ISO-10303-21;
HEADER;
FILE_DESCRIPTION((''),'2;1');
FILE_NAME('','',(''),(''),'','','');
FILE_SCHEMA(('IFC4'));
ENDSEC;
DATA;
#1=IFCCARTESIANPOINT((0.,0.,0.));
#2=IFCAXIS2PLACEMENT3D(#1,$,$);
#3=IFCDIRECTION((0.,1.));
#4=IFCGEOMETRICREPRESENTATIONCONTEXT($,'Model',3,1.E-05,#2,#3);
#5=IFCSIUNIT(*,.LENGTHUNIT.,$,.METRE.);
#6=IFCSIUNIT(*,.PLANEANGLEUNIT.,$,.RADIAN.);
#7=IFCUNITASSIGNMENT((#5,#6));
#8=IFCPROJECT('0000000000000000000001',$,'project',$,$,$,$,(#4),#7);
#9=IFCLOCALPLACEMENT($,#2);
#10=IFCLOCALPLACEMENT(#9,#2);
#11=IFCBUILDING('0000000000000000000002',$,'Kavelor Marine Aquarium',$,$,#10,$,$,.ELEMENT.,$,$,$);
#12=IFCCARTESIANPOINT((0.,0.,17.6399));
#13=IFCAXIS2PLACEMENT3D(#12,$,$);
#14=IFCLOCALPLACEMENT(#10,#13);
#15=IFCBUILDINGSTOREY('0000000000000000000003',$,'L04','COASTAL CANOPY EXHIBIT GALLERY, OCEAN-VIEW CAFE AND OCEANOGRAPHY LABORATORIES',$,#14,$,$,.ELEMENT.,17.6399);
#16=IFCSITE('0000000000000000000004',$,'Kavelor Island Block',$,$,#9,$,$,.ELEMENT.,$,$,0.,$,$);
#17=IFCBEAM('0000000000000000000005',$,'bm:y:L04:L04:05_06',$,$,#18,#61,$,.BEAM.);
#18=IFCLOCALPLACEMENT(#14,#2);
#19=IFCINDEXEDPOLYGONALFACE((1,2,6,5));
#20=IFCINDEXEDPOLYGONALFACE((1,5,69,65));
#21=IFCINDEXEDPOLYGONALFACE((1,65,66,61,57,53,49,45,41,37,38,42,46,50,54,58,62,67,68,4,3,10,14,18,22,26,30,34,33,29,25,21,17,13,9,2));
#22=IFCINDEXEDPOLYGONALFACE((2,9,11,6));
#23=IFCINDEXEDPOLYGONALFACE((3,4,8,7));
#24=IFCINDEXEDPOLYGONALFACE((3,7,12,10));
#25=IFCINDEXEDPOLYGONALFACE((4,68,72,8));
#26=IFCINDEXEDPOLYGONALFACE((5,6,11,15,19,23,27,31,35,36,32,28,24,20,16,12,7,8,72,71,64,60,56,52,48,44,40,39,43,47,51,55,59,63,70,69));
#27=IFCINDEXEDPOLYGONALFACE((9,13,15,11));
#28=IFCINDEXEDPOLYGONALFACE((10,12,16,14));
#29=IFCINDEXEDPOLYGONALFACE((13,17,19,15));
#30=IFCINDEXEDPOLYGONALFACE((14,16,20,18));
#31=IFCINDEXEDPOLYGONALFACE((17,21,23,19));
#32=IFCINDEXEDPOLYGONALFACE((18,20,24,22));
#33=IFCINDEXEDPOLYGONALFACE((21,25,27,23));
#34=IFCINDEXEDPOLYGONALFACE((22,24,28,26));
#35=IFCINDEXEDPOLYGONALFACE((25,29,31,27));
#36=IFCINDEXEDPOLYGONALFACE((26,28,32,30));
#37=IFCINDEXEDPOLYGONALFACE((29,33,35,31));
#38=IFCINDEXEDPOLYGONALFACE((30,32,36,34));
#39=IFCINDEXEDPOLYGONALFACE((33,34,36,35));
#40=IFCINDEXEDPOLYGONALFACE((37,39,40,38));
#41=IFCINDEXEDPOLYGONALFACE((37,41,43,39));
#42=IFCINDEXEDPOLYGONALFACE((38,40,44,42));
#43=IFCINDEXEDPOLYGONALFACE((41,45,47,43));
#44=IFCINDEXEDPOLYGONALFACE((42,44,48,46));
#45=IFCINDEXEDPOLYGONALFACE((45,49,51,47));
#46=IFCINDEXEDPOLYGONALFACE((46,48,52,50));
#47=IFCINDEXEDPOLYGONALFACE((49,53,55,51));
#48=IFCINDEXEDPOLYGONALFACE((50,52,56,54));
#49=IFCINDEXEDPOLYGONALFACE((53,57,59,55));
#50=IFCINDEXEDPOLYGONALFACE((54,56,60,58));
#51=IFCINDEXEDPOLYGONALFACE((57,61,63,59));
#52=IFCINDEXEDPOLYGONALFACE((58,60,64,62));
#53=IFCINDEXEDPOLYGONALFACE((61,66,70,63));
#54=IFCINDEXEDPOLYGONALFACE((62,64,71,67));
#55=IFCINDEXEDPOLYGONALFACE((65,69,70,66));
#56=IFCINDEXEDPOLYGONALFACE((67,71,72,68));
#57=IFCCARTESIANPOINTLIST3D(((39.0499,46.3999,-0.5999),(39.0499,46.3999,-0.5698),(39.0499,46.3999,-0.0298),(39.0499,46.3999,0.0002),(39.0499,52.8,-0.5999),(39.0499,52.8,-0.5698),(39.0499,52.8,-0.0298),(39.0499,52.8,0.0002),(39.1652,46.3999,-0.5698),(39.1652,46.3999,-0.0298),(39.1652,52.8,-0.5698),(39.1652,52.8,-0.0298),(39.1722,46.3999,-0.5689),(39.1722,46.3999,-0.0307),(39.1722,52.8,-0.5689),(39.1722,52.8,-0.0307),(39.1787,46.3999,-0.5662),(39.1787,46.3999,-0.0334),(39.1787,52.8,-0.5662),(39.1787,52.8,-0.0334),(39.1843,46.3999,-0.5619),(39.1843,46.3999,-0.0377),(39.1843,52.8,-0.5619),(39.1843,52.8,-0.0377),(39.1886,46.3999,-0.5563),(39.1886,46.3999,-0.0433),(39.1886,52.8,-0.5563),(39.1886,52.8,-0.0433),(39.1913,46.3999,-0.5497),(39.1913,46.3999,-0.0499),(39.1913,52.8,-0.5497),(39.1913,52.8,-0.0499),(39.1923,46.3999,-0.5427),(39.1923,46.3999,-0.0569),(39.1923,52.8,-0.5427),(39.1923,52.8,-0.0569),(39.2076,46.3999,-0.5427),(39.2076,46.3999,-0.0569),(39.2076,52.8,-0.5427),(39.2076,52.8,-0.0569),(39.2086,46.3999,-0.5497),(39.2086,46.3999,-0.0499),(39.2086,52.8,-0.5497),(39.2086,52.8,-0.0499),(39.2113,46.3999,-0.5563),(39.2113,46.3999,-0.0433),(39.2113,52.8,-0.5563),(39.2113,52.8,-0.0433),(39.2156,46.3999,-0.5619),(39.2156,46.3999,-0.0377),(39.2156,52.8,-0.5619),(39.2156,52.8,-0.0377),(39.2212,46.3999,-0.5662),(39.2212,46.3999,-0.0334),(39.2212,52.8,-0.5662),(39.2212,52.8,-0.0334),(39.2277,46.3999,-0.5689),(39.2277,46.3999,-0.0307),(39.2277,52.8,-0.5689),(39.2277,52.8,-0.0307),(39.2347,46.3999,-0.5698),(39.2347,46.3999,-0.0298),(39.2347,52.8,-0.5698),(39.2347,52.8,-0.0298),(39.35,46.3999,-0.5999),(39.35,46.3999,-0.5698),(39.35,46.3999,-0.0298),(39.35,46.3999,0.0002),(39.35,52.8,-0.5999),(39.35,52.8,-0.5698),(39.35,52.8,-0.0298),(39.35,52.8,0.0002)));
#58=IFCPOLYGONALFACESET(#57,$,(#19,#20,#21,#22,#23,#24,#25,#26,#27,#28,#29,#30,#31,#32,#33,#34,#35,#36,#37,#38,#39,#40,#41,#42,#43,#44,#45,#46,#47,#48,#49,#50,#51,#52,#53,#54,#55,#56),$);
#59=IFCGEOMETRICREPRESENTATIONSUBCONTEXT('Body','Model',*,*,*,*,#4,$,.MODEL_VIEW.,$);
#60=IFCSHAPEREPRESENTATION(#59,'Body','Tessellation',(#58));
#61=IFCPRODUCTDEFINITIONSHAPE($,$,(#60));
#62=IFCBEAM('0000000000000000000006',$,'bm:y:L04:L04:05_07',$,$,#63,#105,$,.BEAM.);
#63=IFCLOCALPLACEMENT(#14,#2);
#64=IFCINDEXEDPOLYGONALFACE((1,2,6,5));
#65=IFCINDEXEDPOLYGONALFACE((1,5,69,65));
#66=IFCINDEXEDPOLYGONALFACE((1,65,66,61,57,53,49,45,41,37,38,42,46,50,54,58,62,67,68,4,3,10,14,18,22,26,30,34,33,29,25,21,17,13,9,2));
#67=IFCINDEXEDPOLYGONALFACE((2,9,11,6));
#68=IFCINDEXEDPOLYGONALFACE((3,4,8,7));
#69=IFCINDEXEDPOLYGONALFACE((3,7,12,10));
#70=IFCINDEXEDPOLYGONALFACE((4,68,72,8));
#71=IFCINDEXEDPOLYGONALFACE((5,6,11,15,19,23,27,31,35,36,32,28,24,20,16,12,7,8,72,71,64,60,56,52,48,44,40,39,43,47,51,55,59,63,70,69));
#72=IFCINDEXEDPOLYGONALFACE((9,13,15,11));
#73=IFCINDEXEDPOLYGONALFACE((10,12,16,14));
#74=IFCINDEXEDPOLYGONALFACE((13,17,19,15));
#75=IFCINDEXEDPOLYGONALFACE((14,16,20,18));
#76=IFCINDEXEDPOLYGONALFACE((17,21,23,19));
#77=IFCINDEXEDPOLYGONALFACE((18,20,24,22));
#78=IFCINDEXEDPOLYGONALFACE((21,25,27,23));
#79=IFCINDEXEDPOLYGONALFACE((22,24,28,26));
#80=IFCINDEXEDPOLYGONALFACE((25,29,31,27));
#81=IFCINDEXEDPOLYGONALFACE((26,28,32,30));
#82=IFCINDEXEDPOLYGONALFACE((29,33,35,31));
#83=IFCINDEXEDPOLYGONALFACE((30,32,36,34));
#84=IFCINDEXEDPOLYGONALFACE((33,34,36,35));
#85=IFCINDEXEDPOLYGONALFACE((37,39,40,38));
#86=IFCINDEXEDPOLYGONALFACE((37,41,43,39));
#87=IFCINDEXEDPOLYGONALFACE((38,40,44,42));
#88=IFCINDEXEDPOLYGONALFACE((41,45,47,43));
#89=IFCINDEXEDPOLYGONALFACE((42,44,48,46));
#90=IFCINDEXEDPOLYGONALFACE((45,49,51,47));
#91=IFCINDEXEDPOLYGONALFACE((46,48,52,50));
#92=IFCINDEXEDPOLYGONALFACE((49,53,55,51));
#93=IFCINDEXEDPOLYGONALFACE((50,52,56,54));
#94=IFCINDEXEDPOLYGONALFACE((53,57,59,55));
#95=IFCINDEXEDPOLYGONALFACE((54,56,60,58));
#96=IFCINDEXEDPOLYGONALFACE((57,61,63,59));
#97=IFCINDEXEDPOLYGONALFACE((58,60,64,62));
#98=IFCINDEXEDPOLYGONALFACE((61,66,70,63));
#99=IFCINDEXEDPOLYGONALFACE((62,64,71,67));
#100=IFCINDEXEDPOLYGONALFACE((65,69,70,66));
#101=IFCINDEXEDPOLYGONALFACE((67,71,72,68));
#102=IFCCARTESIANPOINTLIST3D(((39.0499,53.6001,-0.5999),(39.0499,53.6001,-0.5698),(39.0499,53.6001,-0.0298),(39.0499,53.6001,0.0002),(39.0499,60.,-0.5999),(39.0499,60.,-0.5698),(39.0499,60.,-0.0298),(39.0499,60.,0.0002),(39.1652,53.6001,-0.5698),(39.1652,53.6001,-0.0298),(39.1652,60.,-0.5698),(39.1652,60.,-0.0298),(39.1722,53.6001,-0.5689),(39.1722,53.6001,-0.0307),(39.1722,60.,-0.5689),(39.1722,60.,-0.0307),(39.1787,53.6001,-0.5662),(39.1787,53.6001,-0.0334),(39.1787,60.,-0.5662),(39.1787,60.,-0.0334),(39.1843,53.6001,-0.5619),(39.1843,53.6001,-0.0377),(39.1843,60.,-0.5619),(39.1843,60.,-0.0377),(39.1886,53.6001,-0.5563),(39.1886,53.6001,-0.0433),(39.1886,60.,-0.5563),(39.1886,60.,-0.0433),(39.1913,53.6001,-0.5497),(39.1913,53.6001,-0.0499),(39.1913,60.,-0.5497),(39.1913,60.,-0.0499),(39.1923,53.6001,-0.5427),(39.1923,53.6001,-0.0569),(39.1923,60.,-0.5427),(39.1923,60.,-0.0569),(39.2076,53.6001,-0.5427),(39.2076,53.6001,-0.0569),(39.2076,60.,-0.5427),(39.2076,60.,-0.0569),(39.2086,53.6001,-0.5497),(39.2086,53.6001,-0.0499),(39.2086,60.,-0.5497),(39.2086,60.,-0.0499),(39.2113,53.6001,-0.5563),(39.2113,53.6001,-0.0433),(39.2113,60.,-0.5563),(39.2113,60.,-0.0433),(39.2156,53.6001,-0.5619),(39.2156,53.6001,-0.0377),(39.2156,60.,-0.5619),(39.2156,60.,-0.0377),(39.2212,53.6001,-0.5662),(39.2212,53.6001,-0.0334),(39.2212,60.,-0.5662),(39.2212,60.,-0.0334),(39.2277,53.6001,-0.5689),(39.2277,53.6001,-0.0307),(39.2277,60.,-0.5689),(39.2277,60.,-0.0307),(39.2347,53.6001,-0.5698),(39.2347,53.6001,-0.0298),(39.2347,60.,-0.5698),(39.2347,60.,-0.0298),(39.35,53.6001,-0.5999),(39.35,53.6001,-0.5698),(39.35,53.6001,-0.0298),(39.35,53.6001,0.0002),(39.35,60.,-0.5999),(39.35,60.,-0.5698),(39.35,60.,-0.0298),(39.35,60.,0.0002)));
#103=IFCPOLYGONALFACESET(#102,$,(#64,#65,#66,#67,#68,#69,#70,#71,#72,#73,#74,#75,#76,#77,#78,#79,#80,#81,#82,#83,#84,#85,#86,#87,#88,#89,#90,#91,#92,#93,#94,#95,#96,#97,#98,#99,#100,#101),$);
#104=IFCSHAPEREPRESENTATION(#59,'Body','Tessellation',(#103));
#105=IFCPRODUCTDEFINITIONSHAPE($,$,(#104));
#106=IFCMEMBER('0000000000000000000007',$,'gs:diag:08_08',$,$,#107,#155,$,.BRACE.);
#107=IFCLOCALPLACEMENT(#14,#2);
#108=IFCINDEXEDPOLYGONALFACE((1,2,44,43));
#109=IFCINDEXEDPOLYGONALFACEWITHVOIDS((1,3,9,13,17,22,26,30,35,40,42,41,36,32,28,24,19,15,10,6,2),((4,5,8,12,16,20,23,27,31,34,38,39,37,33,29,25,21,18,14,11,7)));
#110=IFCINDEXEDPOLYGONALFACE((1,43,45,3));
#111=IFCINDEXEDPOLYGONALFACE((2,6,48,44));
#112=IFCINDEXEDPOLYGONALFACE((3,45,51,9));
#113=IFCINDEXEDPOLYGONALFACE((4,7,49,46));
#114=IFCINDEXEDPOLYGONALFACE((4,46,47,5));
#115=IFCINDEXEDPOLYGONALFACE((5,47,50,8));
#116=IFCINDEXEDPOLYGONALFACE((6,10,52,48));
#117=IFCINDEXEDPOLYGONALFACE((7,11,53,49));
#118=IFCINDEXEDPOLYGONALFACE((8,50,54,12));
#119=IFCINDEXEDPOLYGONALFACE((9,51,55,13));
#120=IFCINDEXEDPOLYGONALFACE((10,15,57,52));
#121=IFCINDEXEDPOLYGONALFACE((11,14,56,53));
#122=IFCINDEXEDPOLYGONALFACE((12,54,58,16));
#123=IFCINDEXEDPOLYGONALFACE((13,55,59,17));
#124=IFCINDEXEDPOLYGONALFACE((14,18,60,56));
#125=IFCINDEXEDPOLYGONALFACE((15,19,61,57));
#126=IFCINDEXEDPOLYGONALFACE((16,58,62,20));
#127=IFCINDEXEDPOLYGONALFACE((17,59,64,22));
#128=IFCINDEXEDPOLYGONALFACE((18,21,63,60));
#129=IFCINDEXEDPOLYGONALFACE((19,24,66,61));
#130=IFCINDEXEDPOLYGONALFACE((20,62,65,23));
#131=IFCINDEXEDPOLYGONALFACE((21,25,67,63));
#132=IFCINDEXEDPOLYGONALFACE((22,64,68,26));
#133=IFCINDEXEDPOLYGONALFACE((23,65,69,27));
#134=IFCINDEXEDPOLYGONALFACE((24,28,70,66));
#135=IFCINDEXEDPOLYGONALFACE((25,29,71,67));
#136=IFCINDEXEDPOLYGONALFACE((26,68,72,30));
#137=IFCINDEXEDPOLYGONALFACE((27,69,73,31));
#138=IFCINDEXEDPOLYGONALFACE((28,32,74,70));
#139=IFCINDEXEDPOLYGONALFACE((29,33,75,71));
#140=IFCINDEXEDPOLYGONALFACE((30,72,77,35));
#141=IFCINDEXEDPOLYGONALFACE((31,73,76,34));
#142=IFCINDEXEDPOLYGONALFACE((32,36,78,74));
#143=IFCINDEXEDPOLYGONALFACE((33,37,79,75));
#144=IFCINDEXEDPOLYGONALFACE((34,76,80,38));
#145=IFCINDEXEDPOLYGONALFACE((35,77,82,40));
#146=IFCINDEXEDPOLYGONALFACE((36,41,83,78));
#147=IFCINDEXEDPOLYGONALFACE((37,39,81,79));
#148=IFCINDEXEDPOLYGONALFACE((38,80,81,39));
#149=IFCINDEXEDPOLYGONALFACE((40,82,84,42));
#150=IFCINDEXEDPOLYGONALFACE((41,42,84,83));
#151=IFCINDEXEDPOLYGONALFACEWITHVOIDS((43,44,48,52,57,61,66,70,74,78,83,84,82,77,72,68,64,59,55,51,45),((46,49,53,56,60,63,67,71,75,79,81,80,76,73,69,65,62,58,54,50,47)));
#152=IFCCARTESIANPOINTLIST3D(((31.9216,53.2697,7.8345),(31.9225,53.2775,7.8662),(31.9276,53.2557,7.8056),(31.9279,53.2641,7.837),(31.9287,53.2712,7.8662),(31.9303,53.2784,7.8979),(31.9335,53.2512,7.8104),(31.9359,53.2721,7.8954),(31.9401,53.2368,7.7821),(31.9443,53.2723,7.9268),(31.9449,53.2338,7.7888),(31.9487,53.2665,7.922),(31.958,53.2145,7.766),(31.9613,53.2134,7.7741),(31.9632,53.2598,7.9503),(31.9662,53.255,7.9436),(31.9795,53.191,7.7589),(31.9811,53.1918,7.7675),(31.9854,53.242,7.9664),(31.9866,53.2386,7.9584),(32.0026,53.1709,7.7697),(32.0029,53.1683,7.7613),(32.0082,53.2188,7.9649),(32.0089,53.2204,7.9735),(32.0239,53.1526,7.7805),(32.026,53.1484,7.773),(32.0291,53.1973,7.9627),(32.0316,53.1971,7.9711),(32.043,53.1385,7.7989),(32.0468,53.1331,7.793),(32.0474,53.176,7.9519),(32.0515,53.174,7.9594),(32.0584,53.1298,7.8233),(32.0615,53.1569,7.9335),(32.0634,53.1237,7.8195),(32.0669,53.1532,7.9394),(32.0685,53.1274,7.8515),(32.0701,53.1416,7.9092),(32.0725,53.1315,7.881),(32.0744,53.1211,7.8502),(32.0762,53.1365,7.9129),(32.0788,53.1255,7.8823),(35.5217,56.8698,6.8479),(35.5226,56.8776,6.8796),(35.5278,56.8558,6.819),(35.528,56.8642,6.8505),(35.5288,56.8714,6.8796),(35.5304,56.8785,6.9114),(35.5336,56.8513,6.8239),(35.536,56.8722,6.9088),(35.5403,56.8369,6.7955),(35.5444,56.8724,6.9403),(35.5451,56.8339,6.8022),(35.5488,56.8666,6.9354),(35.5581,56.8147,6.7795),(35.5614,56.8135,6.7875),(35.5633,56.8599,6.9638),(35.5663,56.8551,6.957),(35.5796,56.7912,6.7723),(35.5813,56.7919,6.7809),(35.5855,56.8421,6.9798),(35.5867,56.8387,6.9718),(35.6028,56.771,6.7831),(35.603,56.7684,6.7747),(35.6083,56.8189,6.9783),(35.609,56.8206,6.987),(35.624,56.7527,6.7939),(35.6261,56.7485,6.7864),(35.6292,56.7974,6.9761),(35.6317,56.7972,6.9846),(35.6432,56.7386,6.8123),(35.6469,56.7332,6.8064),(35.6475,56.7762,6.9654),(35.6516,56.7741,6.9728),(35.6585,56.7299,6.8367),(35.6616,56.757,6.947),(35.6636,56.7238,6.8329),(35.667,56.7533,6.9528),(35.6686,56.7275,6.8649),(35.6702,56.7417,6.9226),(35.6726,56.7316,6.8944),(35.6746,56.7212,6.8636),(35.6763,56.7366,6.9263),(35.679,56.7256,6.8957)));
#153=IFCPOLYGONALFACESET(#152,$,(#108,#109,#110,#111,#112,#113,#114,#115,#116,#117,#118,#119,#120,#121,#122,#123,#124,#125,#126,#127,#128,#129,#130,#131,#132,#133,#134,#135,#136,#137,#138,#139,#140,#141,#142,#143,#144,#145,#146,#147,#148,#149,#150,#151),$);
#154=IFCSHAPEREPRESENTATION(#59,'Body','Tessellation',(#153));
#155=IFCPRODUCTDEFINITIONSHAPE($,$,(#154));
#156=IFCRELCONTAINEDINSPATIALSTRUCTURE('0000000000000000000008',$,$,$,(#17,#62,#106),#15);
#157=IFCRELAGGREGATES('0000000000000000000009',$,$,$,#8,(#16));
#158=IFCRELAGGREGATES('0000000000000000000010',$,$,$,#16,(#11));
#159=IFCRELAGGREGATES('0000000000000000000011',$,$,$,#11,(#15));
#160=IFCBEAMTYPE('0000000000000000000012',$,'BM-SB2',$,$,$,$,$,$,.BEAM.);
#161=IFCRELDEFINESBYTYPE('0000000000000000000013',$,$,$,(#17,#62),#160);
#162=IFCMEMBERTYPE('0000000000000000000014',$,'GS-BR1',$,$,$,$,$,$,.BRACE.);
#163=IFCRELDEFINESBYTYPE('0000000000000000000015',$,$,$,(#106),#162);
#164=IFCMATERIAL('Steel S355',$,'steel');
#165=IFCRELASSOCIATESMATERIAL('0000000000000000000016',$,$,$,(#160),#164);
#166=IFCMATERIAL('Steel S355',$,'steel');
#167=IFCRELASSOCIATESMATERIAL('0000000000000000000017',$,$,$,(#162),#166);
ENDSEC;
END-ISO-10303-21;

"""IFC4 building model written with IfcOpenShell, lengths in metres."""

from ifc_helpers import new_model, si_unit, direction, frame, origin, origin_2d, place, context, subcontext, project, spatial, hollow_circle, i_section, extrude, material, material_profile, profile_set, type_object, element, save


model = new_model("IFC4")

# Units and contexts
model_context = context("Model", 3, precision=1e-05, world=origin(), true_north=direction((0.0, 1.0)))
body_context = subcontext(model_context, "Body", "Model", "MODEL_VIEW")
ifc_project = project(units=[si_unit("LENGTHUNIT", "METRE"), si_unit("PLANEANGLEUNIT", "RADIAN")], contexts=[model_context])

# Site, building, storey
site_placement = place(None, origin())
site = spatial("IfcSite", under=ifc_project, at=site_placement, Name="Kavelor Island Block", CompositionType="ELEMENT", RefElevation=0.0)
building_placement = place(site_placement, origin())
building = spatial("IfcBuilding", under=site, at=building_placement, Name="Kavelor Marine Aquarium", CompositionType="ELEMENT")
storey_placement = place(building_placement, frame((0.0, 0.0, 17.6399)))
storey = spatial("IfcBuildingStorey", under=building, at=storey_placement, Name="L04", Description="COASTAL CANOPY EXHIBIT GALLERY, OCEAN-VIEW CAFE AND OCEANOGRAPHY LABORATORIES", CompositionType="ELEMENT", Elevation=17.6399)

# Beams
ifc_material_1 = material(Name="Steel S355", Category="steel")
ifc_material_profile_1 = material_profile(ifc_material_1, i_section(OverallWidth=0.3, OverallDepth=0.6001, WebThickness=0.0154, FlangeThickness=0.03, FilletRadius=0.0271, at=origin_2d()), Name="HEB 600")
ifc_profile_set_1 = profile_set([ifc_material_profile_1], Name="Steel S355")
beam_type = type_object("IfcBeamType", Name="BM-SB2", PredefinedType="BEAM", material=ifc_profile_set_1)
beam_1_placement = place(storey_placement, frame((39.2, 46.3999, -0.2998), z_axis=(0.0, 1.0, 0.0), x_axis=(-1.0, 0.0, 0.0)))
element("IfcBeam", 1, at=beam_1_placement, inside=storey, type_object=beam_type, Name="bm:y:L04:L04:05_06", PredefinedType="BEAM", context=body_context, shape_type="SweptSolid", body=[
    extrude(i_section(OverallWidth=0.3, OverallDepth=0.6001, WebThickness=0.0154, FlangeThickness=0.03, FilletRadius=0.0271, at=origin_2d()), origin(), (0.0, 0.0, 1.0), 6.4001),
])
beam_2_placement = place(storey_placement, frame((39.2, 53.6001, -0.2998), z_axis=(0.0, 1.0, 0.0), x_axis=(-1.0, 0.0, 0.0)))
element("IfcBeam", 2, at=beam_2_placement, inside=storey, type_object=beam_type, Name="bm:y:L04:L04:05_07", PredefinedType="BEAM", context=body_context, shape_type="SweptSolid", body=[
    extrude(i_section(OverallWidth=0.3, OverallDepth=0.6001, WebThickness=0.0154, FlangeThickness=0.03, FilletRadius=0.0271, at=origin_2d()), origin(), (0.0, 0.0, 1.0), 6.3999),
])

# Member
ifc_material_2 = material(Name="Steel S355", Category="steel")
ifc_material_profile_2 = material_profile(ifc_material_2, hollow_circle(Radius=0.1096, WallThickness=0.0088, at=origin_2d()), Name="CHS 219.1x8.8")
ifc_profile_set_2 = profile_set([ifc_material_profile_2], Name="Steel S355")
member_type_1 = type_object("IfcMemberType", Name="GS-BR1", PredefinedType="BRACE", material=ifc_profile_set_2)
member_1_placement = place(storey_placement, frame((32.0, 53.2, 7.8662), z_axis=(0.694194, 0.694194, -0.190237), x_axis=(-0.707107, 0.707107, 0.0)))
element("IfcMember", 3, at=member_1_placement, inside=storey, type_object=member_type_1, Name="gs:diag:08_08", PredefinedType="BRACE", context=body_context, shape_type="SweptSolid", body=[
    extrude(hollow_circle(Radius=0.1096, WallThickness=0.0088, at=origin_2d()), origin(), (0.0, 0.0, 1.0), 5.186),
])

save(model, "model.ifc")
